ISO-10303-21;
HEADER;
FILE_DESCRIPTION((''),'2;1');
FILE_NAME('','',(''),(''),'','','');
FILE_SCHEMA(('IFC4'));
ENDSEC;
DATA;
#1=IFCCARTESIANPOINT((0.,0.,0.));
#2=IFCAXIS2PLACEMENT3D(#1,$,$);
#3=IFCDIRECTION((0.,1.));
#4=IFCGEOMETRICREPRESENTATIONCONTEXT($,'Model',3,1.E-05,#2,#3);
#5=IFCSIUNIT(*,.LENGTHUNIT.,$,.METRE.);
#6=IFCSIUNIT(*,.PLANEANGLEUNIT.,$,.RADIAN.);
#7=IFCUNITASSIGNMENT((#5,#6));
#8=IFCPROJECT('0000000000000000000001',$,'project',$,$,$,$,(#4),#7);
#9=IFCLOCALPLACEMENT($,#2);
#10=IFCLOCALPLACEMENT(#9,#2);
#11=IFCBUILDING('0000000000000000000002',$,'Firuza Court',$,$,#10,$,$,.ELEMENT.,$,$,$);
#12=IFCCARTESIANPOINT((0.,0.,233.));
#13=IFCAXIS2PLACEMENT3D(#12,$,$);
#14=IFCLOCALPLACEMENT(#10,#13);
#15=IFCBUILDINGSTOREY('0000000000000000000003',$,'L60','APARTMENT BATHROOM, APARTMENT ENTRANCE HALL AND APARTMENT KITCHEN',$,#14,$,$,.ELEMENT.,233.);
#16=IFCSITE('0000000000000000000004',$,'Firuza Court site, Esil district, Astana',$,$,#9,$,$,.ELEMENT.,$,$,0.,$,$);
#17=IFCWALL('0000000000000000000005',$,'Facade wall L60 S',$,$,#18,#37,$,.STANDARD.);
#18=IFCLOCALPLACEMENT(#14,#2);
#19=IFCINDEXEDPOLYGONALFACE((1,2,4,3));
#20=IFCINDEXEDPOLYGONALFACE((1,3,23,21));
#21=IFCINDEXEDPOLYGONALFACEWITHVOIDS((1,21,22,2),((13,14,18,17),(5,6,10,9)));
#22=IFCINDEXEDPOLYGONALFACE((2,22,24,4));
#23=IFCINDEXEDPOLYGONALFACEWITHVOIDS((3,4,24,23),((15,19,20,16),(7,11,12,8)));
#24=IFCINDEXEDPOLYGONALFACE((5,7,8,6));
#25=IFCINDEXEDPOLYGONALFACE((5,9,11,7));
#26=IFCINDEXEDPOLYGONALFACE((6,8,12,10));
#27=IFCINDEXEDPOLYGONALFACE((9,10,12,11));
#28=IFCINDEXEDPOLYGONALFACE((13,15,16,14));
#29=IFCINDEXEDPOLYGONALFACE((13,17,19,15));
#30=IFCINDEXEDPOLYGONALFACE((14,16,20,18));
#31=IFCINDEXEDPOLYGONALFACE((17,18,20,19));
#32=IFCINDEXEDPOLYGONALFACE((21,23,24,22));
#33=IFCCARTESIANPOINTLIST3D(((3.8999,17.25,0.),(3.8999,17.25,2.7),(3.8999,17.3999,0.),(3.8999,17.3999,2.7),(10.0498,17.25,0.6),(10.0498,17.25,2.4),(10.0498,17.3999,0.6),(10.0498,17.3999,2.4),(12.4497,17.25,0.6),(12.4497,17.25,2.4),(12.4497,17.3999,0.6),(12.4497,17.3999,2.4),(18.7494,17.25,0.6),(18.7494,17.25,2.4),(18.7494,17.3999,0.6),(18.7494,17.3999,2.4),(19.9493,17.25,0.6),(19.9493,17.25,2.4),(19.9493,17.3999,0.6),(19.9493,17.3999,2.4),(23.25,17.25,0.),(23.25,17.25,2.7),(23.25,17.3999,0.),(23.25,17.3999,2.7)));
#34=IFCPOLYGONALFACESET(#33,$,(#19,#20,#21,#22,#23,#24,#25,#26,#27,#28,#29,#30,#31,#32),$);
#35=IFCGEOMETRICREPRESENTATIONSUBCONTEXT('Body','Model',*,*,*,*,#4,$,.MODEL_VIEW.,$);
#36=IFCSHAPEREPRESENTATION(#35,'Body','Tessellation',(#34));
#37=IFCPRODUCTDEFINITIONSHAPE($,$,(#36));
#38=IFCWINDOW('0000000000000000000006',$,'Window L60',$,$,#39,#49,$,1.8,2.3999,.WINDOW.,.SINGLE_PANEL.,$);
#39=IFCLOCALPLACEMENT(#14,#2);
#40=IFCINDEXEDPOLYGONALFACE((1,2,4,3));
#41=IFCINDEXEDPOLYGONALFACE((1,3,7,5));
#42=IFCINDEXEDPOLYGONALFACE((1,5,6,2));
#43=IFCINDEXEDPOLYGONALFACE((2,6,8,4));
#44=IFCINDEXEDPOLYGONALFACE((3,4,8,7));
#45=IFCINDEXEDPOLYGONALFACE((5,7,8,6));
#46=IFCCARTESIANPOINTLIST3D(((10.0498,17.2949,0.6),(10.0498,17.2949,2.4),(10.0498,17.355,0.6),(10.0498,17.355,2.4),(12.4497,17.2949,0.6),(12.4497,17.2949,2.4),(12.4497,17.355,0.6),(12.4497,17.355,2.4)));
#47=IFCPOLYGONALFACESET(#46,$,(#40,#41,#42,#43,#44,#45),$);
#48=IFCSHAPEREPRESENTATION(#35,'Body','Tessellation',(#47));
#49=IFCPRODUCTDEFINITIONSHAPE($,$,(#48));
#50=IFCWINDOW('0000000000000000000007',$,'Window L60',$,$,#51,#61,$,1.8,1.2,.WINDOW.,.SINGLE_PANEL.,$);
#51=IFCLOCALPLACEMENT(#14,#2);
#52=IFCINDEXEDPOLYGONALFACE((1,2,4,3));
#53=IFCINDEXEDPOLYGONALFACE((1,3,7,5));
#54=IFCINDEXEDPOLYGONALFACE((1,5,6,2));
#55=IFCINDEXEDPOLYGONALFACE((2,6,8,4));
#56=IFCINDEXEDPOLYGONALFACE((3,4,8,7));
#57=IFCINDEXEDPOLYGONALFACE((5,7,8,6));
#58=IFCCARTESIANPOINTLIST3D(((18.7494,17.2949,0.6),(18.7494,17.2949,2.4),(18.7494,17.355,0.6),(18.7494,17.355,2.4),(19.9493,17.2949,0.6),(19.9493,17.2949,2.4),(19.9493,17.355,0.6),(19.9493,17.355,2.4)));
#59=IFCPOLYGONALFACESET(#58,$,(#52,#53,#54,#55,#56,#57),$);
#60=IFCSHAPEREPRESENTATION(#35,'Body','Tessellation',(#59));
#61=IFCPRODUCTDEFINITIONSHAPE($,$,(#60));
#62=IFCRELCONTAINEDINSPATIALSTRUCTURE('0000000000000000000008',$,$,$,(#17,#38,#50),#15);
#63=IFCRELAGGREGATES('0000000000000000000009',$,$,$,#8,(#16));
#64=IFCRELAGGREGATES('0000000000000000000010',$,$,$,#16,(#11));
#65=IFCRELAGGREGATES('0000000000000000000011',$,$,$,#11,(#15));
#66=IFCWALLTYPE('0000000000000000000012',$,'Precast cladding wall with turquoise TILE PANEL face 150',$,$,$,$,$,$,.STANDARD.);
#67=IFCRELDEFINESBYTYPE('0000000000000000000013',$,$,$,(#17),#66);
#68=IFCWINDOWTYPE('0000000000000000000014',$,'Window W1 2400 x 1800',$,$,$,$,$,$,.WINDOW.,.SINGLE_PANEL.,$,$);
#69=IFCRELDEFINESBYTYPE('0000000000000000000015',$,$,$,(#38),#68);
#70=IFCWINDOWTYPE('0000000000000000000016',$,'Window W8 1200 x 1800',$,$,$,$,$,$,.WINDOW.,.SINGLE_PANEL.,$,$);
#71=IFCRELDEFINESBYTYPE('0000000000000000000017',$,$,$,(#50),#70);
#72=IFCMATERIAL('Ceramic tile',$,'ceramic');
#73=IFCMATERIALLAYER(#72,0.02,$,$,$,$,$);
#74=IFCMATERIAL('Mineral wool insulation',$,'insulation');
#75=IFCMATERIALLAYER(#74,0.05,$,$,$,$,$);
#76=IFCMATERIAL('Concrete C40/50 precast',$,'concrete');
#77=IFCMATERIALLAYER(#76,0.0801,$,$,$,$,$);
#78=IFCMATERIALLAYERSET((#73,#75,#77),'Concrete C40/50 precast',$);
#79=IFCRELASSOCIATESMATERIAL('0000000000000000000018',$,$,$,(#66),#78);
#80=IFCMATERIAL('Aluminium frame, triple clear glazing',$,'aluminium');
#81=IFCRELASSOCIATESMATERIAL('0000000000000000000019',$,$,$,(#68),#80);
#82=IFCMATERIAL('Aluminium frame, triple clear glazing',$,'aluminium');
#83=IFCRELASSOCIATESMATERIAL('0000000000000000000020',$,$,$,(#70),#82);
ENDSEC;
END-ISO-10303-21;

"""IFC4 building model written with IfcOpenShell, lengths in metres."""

from ifc_helpers import new_model, si_unit, direction, frame, frame_2d, origin, place, context, subcontext, project, spatial, rectangle, extrude, material, layer, layer_set, type_object, element, fill, save


model = new_model("IFC4")

# Units and contexts
model_context = context("Model", 3, precision=1e-05, world=origin(), true_north=direction((0.0, 1.0)))
body_context = subcontext(model_context, "Body", "Model", "MODEL_VIEW")
ifc_project = project(units=[si_unit("LENGTHUNIT", "METRE"), si_unit("PLANEANGLEUNIT", "RADIAN")], contexts=[model_context])

# Site, building, storey
site_placement = place(None, origin())
site = spatial("IfcSite", under=ifc_project, at=site_placement, Name="Firuza Court site, Esil district, Astana", CompositionType="ELEMENT", RefElevation=0.0)
building_placement = place(site_placement, origin())
building = spatial("IfcBuilding", under=site, at=building_placement, Name="Firuza Court", CompositionType="ELEMENT")
storey_placement = place(building_placement, frame((0.0, 0.0, 233.0)))
storey = spatial("IfcBuildingStorey", under=building, at=storey_placement, Name="L60", Description="APARTMENT BATHROOM, APARTMENT ENTRANCE HALL AND APARTMENT KITCHEN", CompositionType="ELEMENT", Elevation=233.0)

# Shared definitions
ifc_material_1 = material(Name="Concrete C40/50 precast", Category="concrete")

# Shared definitions
ifc_material_2 = material(Name="Ceramic tile", Category="ceramic")
ifc_layer_1 = layer(ifc_material_2, 0.02)
ifc_material_3 = material(Name="Mineral wool insulation", Category="insulation")
ifc_layer_2 = layer(ifc_material_3, 0.05)
ifc_layer_3 = layer(ifc_material_1, 0.0801)
ifc_layer_set_1 = layer_set([ifc_layer_1, ifc_layer_2, ifc_layer_3], Name="Concrete C40/50 precast")
wall_type_1 = type_object("IfcWallType", Name="Precast cladding wall with turquoise TILE PANEL face 150", PredefinedType="STANDARD", material=ifc_layer_set_1)

# Wall, openings, windows
wall_1_placement = place(storey_placement, frame((3.8999, 17.325, 0.0), z_axis=(0.0, 0.0, 1.0), x_axis=(1.0, 0.0, 0.0)))
wall_1 = element("IfcWall", 1, at=wall_1_placement, inside=storey, type_object=wall_type_1, Name="Facade wall L60 S", PredefinedType="STANDARD", context=body_context, shape_type="SweptSolid", body=[
    extrude(rectangle(XDim=19.3501, YDim=0.1499, at=frame_2d((9.675, 0.0))), origin(), (0.0, 0.0, 1.0), 2.7),
])
opening_1_placement = place(wall_1_placement, frame((6.1499, 0.0, 0.6001)))
opening_1 = element("IfcOpeningElement", 2, at=opening_1_placement, cuts=wall_1, PredefinedType="OPENING", context=body_context, shape_type="SweptSolid", body=[
    extrude(rectangle(XDim=2.3999, YDim=1.8, at=frame_2d((1.2, 0.8999))), frame((0.0, 0.0869, 0.0), z_axis=(0.0, -1.0, 0.0), x_axis=(1.0, 0.0, 0.0)), (0.0, 0.0, 1.0), 0.1738),
])
opening_2_placement = place(wall_1_placement, frame((14.8494, 0.0, 0.6001)))
opening_2 = element("IfcOpeningElement", 3, at=opening_2_placement, cuts=wall_1, PredefinedType="OPENING", context=body_context, shape_type="SweptSolid", body=[
    extrude(rectangle(XDim=1.2, YDim=1.8, at=frame_2d((0.6001, 0.8999))), frame((0.0, 0.0869, 0.0), z_axis=(0.0, -1.0, 0.0), x_axis=(1.0, 0.0, 0.0)), (0.0, 0.0, 1.0), 0.1738),
])
ifc_material_4 = material(Name="Aluminium frame, triple clear glazing", Category="aluminium")
window_type_1 = type_object("IfcWindowType", Name="Window W1 2400 x 1800", PartitioningType="SINGLE_PANEL", PredefinedType="WINDOW", material=ifc_material_4)
window_1_placement = place(opening_1_placement, origin())
window_1 = element("IfcWindow", 4, at=window_1_placement, inside=storey, type_object=window_type_1, Name="Window L60", OverallHeight=1.8, OverallWidth=2.3999, PartitioningType="SINGLE_PANEL", PredefinedType="WINDOW", context=body_context, shape_type="SweptSolid", body=[
    extrude(rectangle(XDim=2.3999, YDim=1.8, at=frame_2d((1.2, 0.8999))), frame((0.0, 0.03, 0.0), z_axis=(0.0, -1.0, 0.0), x_axis=(1.0, 0.0, 0.0)), (0.0, 0.0, 1.0), 0.0601),
])
fill(opening_1, window_1)
ifc_material_5 = material(Name="Aluminium frame, triple clear glazing", Category="aluminium")
window_type_2 = type_object("IfcWindowType", Name="Window W8 1200 x 1800", PartitioningType="SINGLE_PANEL", PredefinedType="WINDOW", material=ifc_material_5)
window_2_placement = place(opening_2_placement, origin())
window_2 = element("IfcWindow", 5, at=window_2_placement, inside=storey, type_object=window_type_2, Name="Window L60", OverallHeight=1.8, OverallWidth=1.2, PartitioningType="SINGLE_PANEL", PredefinedType="WINDOW", context=body_context, shape_type="SweptSolid", body=[
    extrude(rectangle(XDim=1.2, YDim=1.8, at=frame_2d((0.6001, 0.8999))), frame((0.0, 0.03, 0.0), z_axis=(0.0, -1.0, 0.0), x_axis=(1.0, 0.0, 0.0)), (0.0, 0.0, 1.0), 0.0601),
])
fill(opening_2, window_2)

save(model, "model.ifc")
